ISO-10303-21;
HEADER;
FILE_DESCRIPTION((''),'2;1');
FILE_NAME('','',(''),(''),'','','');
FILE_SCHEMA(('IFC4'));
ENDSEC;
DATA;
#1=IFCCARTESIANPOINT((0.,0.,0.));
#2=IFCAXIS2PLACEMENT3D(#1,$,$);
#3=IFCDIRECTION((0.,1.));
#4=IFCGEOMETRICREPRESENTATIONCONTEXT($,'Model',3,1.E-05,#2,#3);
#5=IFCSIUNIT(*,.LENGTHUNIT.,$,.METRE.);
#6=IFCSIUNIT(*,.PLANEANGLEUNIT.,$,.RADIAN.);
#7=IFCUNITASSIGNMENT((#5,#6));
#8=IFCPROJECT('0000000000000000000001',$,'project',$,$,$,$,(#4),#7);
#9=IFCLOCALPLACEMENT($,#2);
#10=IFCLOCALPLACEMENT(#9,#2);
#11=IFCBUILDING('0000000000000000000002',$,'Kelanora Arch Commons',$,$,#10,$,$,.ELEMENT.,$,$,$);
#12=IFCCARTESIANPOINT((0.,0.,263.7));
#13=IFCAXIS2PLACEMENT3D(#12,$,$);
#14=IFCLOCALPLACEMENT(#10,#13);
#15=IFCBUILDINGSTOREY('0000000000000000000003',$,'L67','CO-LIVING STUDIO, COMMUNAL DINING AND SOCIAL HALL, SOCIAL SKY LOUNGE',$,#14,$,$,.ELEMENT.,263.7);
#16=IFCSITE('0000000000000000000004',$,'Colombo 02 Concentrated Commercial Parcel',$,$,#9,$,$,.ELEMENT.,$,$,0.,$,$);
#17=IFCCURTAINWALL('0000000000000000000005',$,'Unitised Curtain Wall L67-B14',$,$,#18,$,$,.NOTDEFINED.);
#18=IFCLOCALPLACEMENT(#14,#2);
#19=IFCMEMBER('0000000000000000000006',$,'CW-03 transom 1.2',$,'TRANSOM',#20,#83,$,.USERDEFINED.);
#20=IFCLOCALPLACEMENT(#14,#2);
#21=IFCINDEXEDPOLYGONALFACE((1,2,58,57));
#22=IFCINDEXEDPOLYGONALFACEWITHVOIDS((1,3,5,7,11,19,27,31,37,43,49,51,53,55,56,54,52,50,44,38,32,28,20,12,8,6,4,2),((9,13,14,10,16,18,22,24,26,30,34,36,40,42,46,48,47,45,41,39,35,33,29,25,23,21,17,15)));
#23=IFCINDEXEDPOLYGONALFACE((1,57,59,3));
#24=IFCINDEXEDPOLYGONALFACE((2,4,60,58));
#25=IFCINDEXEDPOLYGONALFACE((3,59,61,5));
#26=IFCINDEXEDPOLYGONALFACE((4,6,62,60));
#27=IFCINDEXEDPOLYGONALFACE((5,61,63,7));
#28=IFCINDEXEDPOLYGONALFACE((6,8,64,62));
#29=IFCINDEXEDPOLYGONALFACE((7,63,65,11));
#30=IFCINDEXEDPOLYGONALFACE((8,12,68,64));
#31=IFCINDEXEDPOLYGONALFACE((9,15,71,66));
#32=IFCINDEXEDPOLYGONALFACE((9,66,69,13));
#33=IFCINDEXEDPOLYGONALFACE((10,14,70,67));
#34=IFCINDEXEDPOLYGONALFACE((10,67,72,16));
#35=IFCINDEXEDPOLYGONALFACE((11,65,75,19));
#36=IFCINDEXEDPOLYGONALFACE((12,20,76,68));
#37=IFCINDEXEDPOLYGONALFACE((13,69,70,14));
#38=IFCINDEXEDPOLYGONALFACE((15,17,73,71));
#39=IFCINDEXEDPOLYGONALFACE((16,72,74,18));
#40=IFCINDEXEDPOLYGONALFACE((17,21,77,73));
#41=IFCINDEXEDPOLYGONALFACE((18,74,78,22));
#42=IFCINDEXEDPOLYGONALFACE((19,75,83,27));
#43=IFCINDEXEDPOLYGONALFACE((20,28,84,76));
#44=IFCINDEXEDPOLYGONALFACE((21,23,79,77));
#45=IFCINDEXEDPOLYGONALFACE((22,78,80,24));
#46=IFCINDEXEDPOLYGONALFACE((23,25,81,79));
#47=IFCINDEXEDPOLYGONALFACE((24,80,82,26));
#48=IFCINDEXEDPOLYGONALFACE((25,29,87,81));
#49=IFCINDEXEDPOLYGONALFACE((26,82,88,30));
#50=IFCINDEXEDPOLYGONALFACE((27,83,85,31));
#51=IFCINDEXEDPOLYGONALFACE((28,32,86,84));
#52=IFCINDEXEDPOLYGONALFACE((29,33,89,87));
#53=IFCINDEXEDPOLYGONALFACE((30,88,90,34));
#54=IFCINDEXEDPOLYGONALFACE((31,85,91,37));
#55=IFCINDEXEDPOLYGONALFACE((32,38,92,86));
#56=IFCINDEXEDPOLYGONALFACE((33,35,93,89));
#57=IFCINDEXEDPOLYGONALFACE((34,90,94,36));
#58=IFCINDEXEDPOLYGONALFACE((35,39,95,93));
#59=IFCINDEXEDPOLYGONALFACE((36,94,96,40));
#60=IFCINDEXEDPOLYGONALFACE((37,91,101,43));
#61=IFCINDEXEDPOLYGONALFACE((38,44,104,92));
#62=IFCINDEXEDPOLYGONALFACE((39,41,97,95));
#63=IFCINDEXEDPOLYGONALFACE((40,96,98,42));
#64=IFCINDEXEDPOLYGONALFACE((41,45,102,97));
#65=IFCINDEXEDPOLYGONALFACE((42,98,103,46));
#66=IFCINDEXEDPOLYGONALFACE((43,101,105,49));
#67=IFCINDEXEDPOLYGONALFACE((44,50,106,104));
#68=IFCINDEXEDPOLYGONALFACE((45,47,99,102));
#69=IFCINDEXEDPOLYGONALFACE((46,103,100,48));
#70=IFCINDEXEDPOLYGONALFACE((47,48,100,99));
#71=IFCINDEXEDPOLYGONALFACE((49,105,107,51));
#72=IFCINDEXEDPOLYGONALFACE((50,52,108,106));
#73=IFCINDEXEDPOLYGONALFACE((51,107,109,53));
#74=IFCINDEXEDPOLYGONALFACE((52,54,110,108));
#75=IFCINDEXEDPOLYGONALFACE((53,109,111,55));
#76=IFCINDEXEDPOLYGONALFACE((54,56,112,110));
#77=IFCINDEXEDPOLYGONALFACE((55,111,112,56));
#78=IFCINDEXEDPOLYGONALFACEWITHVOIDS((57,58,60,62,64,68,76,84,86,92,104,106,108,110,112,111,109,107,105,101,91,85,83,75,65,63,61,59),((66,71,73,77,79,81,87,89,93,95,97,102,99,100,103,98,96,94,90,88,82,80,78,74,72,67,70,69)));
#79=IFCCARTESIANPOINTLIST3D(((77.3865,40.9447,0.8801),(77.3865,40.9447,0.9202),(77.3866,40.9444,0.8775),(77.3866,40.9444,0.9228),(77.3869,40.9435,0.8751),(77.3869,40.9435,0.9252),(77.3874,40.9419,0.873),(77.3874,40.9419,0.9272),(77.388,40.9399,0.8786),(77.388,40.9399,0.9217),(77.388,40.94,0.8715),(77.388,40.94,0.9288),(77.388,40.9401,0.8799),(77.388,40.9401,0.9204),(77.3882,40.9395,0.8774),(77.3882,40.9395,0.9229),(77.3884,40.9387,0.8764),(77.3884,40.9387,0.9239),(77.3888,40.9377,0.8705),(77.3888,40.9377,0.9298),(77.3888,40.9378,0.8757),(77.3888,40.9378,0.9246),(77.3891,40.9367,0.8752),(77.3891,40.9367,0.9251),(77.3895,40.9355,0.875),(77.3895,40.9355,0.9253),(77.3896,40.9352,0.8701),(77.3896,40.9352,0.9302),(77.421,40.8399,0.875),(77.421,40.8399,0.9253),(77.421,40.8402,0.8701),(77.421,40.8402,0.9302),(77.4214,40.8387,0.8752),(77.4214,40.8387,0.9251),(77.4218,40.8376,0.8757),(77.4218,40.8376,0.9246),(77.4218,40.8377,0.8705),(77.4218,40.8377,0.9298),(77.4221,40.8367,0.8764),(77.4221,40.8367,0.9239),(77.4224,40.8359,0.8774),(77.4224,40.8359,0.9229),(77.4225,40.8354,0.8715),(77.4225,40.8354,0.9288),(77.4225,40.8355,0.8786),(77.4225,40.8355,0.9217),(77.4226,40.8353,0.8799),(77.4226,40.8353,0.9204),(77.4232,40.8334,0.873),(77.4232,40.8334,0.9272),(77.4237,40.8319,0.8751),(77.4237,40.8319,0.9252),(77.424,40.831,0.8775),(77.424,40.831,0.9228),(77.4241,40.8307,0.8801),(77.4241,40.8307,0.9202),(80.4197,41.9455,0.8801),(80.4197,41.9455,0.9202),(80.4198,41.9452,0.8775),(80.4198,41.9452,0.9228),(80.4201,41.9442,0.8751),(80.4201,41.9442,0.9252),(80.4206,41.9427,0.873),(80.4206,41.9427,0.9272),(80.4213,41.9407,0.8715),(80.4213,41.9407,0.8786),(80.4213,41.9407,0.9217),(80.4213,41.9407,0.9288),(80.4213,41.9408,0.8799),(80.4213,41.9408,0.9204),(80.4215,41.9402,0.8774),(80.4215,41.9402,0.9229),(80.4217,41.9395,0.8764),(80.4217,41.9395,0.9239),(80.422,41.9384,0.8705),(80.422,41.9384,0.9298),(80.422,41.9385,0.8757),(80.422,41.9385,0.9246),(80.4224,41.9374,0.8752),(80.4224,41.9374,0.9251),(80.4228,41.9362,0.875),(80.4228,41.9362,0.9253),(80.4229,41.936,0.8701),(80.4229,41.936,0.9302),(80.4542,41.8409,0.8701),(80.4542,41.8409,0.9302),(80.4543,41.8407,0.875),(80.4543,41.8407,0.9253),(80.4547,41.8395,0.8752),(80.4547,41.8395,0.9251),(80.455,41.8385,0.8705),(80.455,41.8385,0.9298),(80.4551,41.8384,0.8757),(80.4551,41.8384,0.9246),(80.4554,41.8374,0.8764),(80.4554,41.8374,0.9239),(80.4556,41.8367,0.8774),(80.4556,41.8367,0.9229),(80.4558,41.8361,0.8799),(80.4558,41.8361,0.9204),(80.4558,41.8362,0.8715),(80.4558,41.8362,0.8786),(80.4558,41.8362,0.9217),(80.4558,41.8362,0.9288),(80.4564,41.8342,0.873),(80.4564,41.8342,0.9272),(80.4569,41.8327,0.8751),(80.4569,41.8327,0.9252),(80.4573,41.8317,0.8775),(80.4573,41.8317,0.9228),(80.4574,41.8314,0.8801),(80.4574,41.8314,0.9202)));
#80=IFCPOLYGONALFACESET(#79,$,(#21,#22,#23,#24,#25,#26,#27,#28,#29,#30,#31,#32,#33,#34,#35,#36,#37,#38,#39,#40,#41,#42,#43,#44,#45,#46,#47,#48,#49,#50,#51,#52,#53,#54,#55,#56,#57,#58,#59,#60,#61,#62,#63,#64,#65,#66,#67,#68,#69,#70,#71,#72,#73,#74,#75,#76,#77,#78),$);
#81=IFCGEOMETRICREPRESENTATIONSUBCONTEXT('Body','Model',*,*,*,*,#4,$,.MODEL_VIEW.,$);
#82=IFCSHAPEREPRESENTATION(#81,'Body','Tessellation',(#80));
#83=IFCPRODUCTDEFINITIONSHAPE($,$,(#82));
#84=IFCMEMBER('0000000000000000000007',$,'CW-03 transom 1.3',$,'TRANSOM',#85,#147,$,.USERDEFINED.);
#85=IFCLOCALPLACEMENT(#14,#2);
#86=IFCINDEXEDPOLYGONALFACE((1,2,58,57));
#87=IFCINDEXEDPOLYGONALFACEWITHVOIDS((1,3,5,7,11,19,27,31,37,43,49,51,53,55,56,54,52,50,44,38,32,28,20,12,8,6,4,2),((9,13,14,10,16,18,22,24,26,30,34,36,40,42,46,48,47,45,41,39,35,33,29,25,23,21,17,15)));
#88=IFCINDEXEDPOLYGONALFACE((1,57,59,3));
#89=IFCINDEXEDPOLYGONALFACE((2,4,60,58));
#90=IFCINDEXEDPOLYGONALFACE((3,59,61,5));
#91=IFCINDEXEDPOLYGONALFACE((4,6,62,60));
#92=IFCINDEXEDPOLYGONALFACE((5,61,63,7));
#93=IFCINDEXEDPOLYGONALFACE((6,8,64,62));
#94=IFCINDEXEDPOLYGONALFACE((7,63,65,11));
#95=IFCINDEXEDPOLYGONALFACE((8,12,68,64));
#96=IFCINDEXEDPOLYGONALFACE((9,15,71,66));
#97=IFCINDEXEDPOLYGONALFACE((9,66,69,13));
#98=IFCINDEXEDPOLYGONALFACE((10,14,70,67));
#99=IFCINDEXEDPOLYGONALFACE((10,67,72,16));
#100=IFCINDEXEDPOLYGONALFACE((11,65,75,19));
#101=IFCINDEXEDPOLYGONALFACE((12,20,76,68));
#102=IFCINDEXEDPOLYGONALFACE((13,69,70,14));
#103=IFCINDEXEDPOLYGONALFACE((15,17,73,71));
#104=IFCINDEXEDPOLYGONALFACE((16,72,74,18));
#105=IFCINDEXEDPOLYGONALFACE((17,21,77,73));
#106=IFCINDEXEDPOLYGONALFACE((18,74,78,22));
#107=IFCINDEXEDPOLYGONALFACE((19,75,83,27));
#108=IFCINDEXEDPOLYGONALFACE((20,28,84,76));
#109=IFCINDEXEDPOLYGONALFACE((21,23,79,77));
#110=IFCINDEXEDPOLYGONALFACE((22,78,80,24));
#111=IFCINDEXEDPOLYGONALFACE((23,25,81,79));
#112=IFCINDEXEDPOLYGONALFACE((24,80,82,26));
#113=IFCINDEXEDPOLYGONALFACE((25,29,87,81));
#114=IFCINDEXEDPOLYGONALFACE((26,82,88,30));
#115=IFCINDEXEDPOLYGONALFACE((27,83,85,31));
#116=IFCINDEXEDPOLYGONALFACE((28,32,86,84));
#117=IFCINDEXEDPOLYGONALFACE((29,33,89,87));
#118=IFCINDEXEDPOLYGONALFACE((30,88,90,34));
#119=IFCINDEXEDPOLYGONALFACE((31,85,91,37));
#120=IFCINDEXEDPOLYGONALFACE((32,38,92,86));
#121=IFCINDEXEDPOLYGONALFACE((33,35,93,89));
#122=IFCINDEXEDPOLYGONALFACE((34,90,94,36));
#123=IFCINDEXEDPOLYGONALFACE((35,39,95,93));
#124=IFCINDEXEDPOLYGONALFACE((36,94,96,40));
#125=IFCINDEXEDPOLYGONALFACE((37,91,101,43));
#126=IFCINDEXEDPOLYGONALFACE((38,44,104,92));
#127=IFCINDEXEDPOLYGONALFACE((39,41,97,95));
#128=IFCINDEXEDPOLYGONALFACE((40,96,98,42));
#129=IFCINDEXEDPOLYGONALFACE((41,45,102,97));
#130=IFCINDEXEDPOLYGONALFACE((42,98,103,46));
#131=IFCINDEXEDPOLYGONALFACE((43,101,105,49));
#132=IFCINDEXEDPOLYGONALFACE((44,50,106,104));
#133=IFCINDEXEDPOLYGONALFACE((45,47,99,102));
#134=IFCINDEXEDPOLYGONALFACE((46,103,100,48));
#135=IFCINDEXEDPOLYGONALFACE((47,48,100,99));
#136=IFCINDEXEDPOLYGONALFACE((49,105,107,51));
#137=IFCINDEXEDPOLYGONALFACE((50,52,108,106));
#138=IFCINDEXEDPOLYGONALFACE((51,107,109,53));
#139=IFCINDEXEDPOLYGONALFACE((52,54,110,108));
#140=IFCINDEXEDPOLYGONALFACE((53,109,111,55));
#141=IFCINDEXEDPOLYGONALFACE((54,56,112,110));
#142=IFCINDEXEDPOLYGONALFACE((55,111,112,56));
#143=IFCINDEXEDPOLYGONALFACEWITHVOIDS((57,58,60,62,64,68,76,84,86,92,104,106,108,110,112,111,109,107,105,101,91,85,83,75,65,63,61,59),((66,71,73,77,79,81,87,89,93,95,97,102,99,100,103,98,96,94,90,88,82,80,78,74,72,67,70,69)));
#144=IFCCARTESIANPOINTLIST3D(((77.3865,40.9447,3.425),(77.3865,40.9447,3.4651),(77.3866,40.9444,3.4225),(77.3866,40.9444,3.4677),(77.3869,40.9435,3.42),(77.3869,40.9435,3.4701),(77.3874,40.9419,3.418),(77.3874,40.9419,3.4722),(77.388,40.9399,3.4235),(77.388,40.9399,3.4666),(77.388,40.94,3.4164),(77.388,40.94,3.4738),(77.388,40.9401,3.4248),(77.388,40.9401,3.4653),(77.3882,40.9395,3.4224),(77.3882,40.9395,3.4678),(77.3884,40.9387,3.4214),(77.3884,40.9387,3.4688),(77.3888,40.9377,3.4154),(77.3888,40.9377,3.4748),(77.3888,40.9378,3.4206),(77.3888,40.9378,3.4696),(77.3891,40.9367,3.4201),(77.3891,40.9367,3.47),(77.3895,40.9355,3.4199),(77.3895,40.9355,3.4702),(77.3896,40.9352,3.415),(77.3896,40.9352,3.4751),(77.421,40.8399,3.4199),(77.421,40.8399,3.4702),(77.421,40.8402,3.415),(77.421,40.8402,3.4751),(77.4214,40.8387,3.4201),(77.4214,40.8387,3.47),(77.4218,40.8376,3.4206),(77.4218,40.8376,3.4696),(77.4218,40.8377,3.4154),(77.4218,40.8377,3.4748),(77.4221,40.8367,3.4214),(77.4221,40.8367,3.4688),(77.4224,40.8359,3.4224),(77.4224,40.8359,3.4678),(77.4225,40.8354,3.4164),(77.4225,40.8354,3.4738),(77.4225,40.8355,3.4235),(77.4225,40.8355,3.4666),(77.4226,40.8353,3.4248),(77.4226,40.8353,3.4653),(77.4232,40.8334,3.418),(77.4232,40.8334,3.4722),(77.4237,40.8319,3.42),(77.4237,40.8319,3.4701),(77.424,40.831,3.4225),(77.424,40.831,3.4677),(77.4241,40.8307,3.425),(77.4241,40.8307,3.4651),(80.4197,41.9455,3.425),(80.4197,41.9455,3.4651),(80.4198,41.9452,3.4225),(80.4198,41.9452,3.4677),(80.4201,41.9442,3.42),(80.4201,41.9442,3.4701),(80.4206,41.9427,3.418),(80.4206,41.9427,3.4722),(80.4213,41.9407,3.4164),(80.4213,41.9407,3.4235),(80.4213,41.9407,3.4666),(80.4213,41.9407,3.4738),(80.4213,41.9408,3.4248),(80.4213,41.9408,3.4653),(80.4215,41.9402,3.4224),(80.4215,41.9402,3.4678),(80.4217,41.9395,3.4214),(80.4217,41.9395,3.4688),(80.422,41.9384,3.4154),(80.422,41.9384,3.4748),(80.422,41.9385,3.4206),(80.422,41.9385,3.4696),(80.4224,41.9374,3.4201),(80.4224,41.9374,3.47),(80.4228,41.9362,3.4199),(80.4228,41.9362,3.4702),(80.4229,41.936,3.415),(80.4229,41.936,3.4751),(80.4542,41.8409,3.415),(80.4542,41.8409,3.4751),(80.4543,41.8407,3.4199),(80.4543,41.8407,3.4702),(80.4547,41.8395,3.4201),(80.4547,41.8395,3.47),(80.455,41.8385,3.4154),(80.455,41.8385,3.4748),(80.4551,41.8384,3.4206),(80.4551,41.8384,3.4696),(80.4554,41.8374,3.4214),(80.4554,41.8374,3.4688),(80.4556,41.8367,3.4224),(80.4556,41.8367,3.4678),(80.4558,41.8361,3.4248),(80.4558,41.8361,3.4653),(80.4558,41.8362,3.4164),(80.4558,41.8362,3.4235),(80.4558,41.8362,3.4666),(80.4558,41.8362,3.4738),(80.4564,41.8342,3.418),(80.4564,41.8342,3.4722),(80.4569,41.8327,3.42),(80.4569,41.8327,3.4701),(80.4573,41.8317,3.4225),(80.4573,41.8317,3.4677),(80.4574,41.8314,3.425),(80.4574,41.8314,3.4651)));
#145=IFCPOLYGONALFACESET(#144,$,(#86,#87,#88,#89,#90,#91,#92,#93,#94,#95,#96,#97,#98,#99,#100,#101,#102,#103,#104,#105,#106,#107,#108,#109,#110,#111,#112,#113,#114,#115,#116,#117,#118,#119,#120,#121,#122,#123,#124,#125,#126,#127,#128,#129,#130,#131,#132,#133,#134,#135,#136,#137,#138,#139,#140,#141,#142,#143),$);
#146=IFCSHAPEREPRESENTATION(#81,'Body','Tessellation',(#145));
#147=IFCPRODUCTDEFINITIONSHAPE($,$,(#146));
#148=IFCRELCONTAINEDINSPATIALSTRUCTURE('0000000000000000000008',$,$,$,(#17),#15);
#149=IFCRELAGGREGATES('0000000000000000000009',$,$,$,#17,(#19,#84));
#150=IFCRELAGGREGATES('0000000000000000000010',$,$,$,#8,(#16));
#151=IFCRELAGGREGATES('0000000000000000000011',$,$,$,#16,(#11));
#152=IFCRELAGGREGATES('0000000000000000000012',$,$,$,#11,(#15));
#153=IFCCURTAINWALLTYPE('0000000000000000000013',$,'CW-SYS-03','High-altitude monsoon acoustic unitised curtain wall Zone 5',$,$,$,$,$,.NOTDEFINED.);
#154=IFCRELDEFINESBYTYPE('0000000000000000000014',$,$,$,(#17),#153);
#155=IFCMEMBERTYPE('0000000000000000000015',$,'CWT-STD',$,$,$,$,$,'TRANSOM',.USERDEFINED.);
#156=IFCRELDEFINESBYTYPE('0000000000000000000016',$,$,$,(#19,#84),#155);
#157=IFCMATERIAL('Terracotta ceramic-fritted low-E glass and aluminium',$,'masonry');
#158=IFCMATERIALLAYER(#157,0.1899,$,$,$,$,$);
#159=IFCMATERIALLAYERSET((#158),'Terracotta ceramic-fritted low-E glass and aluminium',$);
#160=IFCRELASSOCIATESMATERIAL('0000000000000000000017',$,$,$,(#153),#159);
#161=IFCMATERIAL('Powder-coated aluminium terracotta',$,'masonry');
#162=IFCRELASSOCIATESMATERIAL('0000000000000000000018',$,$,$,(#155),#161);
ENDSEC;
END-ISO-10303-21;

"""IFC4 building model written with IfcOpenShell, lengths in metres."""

from ifc_helpers import new_model, si_unit, direction, frame, origin, origin_2d, place, context, subcontext, project, spatial, hollow_rectangle, extrude, material, layer, layer_set, material_profile, profile_set, type_object, element, aggregate, save


model = new_model("IFC4")

# Units and contexts
model_context = context("Model", 3, precision=1e-05, world=origin(), true_north=direction((0.0, 1.0)))
body_context = subcontext(model_context, "Body", "Model", "MODEL_VIEW")
ifc_project = project(units=[si_unit("LENGTHUNIT", "METRE"), si_unit("PLANEANGLEUNIT", "RADIAN")], contexts=[model_context])

# Site, building, storey
site_placement = place(None, origin())
site = spatial("IfcSite", under=ifc_project, at=site_placement, Name="Colombo 02 Concentrated Commercial Parcel", CompositionType="ELEMENT", RefElevation=0.0)
building_placement = place(site_placement, origin())
building = spatial("IfcBuilding", under=site, at=building_placement, Name="Kelanora Arch Commons", CompositionType="ELEMENT")
storey_placement = place(building_placement, frame((0.0, 0.0, 263.7)))
storey = spatial("IfcBuildingStorey", under=building, at=storey_placement, Name="L67", Description="CO-LIVING STUDIO, COMMUNAL DINING AND SOCIAL HALL, SOCIAL SKY LOUNGE", CompositionType="ELEMENT", Elevation=263.7)

# Curtain wall, members
ifc_material_1 = material(Name="Terracotta ceramic-fritted low-E glass and aluminium", Category="masonry")
ifc_layer_1 = layer(ifc_material_1, 0.1899)
ifc_layer_set_1 = layer_set([ifc_layer_1], Name="Terracotta ceramic-fritted low-E glass and aluminium")
curtain_wall_type = type_object("IfcCurtainWallType", Name="CW-SYS-03", Description="High-altitude monsoon acoustic unitised curtain wall Zone 5", PredefinedType="NOTDEFINED", material=ifc_layer_set_1)
curtain_wall_placement = place(storey_placement, origin())
curtain_wall = element("IfcCurtainWall", 1, at=curtain_wall_placement, inside=storey, type_object=curtain_wall_type, Name="Unitised Curtain Wall L67-B14", PredefinedType="NOTDEFINED")
ifc_material_2 = material(Name="Powder-coated aluminium terracotta", Category="masonry")
ifc_material_profile_1 = material_profile(ifc_material_2, hollow_rectangle(XDim=0.1201, YDim=0.0601, WallThickness=0.0049, InnerFilletRadius=0.0049, OuterFilletRadius=0.01, at=origin_2d()), Name="CWT120x60")
ifc_profile_set_1 = profile_set([ifc_material_profile_1], Name="Powder-coated aluminium terracotta")
member_type_1 = type_object("IfcMemberType", Name="CWT-STD", ElementType="TRANSOM", PredefinedType="USERDEFINED", material=ifc_profile_set_1)
member_1_placement = place(storey_placement, frame((77.4053, 40.8877, 0.9001), z_axis=(0.94965, 0.313314, 0.0), x_axis=(-0.313314, 0.94965, 0.0)))
member_1 = element("IfcMember", 2, at=member_1_placement, type_object=member_type_1, Name="CW-03 transom 1.2", ObjectType="TRANSOM", PredefinedType="USERDEFINED", context=body_context, shape_type="SweptSolid", body=[
    extrude(hollow_rectangle(XDim=0.1201, YDim=0.0601, WallThickness=0.0049, InnerFilletRadius=0.0049, OuterFilletRadius=0.01, at=origin_2d()), origin(), (0.0, 0.0, 1.0), 3.1941),
])
member_2_placement = place(storey_placement, frame((77.4053, 40.8877, 3.4451), z_axis=(0.94965, 0.313314, 0.0), x_axis=(-0.313314, 0.94965, 0.0)))
member_2 = element("IfcMember", 3, at=member_2_placement, type_object=member_type_1, Name="CW-03 transom 1.3", ObjectType="TRANSOM", PredefinedType="USERDEFINED", context=body_context, shape_type="SweptSolid", body=[
    extrude(hollow_rectangle(XDim=0.1201, YDim=0.0601, WallThickness=0.0049, InnerFilletRadius=0.0049, OuterFilletRadius=0.01, at=origin_2d()), origin(), (0.0, 0.0, 1.0), 3.1941),
])
aggregate(curtain_wall, [member_1, member_2])

save(model, "model.ifc")
